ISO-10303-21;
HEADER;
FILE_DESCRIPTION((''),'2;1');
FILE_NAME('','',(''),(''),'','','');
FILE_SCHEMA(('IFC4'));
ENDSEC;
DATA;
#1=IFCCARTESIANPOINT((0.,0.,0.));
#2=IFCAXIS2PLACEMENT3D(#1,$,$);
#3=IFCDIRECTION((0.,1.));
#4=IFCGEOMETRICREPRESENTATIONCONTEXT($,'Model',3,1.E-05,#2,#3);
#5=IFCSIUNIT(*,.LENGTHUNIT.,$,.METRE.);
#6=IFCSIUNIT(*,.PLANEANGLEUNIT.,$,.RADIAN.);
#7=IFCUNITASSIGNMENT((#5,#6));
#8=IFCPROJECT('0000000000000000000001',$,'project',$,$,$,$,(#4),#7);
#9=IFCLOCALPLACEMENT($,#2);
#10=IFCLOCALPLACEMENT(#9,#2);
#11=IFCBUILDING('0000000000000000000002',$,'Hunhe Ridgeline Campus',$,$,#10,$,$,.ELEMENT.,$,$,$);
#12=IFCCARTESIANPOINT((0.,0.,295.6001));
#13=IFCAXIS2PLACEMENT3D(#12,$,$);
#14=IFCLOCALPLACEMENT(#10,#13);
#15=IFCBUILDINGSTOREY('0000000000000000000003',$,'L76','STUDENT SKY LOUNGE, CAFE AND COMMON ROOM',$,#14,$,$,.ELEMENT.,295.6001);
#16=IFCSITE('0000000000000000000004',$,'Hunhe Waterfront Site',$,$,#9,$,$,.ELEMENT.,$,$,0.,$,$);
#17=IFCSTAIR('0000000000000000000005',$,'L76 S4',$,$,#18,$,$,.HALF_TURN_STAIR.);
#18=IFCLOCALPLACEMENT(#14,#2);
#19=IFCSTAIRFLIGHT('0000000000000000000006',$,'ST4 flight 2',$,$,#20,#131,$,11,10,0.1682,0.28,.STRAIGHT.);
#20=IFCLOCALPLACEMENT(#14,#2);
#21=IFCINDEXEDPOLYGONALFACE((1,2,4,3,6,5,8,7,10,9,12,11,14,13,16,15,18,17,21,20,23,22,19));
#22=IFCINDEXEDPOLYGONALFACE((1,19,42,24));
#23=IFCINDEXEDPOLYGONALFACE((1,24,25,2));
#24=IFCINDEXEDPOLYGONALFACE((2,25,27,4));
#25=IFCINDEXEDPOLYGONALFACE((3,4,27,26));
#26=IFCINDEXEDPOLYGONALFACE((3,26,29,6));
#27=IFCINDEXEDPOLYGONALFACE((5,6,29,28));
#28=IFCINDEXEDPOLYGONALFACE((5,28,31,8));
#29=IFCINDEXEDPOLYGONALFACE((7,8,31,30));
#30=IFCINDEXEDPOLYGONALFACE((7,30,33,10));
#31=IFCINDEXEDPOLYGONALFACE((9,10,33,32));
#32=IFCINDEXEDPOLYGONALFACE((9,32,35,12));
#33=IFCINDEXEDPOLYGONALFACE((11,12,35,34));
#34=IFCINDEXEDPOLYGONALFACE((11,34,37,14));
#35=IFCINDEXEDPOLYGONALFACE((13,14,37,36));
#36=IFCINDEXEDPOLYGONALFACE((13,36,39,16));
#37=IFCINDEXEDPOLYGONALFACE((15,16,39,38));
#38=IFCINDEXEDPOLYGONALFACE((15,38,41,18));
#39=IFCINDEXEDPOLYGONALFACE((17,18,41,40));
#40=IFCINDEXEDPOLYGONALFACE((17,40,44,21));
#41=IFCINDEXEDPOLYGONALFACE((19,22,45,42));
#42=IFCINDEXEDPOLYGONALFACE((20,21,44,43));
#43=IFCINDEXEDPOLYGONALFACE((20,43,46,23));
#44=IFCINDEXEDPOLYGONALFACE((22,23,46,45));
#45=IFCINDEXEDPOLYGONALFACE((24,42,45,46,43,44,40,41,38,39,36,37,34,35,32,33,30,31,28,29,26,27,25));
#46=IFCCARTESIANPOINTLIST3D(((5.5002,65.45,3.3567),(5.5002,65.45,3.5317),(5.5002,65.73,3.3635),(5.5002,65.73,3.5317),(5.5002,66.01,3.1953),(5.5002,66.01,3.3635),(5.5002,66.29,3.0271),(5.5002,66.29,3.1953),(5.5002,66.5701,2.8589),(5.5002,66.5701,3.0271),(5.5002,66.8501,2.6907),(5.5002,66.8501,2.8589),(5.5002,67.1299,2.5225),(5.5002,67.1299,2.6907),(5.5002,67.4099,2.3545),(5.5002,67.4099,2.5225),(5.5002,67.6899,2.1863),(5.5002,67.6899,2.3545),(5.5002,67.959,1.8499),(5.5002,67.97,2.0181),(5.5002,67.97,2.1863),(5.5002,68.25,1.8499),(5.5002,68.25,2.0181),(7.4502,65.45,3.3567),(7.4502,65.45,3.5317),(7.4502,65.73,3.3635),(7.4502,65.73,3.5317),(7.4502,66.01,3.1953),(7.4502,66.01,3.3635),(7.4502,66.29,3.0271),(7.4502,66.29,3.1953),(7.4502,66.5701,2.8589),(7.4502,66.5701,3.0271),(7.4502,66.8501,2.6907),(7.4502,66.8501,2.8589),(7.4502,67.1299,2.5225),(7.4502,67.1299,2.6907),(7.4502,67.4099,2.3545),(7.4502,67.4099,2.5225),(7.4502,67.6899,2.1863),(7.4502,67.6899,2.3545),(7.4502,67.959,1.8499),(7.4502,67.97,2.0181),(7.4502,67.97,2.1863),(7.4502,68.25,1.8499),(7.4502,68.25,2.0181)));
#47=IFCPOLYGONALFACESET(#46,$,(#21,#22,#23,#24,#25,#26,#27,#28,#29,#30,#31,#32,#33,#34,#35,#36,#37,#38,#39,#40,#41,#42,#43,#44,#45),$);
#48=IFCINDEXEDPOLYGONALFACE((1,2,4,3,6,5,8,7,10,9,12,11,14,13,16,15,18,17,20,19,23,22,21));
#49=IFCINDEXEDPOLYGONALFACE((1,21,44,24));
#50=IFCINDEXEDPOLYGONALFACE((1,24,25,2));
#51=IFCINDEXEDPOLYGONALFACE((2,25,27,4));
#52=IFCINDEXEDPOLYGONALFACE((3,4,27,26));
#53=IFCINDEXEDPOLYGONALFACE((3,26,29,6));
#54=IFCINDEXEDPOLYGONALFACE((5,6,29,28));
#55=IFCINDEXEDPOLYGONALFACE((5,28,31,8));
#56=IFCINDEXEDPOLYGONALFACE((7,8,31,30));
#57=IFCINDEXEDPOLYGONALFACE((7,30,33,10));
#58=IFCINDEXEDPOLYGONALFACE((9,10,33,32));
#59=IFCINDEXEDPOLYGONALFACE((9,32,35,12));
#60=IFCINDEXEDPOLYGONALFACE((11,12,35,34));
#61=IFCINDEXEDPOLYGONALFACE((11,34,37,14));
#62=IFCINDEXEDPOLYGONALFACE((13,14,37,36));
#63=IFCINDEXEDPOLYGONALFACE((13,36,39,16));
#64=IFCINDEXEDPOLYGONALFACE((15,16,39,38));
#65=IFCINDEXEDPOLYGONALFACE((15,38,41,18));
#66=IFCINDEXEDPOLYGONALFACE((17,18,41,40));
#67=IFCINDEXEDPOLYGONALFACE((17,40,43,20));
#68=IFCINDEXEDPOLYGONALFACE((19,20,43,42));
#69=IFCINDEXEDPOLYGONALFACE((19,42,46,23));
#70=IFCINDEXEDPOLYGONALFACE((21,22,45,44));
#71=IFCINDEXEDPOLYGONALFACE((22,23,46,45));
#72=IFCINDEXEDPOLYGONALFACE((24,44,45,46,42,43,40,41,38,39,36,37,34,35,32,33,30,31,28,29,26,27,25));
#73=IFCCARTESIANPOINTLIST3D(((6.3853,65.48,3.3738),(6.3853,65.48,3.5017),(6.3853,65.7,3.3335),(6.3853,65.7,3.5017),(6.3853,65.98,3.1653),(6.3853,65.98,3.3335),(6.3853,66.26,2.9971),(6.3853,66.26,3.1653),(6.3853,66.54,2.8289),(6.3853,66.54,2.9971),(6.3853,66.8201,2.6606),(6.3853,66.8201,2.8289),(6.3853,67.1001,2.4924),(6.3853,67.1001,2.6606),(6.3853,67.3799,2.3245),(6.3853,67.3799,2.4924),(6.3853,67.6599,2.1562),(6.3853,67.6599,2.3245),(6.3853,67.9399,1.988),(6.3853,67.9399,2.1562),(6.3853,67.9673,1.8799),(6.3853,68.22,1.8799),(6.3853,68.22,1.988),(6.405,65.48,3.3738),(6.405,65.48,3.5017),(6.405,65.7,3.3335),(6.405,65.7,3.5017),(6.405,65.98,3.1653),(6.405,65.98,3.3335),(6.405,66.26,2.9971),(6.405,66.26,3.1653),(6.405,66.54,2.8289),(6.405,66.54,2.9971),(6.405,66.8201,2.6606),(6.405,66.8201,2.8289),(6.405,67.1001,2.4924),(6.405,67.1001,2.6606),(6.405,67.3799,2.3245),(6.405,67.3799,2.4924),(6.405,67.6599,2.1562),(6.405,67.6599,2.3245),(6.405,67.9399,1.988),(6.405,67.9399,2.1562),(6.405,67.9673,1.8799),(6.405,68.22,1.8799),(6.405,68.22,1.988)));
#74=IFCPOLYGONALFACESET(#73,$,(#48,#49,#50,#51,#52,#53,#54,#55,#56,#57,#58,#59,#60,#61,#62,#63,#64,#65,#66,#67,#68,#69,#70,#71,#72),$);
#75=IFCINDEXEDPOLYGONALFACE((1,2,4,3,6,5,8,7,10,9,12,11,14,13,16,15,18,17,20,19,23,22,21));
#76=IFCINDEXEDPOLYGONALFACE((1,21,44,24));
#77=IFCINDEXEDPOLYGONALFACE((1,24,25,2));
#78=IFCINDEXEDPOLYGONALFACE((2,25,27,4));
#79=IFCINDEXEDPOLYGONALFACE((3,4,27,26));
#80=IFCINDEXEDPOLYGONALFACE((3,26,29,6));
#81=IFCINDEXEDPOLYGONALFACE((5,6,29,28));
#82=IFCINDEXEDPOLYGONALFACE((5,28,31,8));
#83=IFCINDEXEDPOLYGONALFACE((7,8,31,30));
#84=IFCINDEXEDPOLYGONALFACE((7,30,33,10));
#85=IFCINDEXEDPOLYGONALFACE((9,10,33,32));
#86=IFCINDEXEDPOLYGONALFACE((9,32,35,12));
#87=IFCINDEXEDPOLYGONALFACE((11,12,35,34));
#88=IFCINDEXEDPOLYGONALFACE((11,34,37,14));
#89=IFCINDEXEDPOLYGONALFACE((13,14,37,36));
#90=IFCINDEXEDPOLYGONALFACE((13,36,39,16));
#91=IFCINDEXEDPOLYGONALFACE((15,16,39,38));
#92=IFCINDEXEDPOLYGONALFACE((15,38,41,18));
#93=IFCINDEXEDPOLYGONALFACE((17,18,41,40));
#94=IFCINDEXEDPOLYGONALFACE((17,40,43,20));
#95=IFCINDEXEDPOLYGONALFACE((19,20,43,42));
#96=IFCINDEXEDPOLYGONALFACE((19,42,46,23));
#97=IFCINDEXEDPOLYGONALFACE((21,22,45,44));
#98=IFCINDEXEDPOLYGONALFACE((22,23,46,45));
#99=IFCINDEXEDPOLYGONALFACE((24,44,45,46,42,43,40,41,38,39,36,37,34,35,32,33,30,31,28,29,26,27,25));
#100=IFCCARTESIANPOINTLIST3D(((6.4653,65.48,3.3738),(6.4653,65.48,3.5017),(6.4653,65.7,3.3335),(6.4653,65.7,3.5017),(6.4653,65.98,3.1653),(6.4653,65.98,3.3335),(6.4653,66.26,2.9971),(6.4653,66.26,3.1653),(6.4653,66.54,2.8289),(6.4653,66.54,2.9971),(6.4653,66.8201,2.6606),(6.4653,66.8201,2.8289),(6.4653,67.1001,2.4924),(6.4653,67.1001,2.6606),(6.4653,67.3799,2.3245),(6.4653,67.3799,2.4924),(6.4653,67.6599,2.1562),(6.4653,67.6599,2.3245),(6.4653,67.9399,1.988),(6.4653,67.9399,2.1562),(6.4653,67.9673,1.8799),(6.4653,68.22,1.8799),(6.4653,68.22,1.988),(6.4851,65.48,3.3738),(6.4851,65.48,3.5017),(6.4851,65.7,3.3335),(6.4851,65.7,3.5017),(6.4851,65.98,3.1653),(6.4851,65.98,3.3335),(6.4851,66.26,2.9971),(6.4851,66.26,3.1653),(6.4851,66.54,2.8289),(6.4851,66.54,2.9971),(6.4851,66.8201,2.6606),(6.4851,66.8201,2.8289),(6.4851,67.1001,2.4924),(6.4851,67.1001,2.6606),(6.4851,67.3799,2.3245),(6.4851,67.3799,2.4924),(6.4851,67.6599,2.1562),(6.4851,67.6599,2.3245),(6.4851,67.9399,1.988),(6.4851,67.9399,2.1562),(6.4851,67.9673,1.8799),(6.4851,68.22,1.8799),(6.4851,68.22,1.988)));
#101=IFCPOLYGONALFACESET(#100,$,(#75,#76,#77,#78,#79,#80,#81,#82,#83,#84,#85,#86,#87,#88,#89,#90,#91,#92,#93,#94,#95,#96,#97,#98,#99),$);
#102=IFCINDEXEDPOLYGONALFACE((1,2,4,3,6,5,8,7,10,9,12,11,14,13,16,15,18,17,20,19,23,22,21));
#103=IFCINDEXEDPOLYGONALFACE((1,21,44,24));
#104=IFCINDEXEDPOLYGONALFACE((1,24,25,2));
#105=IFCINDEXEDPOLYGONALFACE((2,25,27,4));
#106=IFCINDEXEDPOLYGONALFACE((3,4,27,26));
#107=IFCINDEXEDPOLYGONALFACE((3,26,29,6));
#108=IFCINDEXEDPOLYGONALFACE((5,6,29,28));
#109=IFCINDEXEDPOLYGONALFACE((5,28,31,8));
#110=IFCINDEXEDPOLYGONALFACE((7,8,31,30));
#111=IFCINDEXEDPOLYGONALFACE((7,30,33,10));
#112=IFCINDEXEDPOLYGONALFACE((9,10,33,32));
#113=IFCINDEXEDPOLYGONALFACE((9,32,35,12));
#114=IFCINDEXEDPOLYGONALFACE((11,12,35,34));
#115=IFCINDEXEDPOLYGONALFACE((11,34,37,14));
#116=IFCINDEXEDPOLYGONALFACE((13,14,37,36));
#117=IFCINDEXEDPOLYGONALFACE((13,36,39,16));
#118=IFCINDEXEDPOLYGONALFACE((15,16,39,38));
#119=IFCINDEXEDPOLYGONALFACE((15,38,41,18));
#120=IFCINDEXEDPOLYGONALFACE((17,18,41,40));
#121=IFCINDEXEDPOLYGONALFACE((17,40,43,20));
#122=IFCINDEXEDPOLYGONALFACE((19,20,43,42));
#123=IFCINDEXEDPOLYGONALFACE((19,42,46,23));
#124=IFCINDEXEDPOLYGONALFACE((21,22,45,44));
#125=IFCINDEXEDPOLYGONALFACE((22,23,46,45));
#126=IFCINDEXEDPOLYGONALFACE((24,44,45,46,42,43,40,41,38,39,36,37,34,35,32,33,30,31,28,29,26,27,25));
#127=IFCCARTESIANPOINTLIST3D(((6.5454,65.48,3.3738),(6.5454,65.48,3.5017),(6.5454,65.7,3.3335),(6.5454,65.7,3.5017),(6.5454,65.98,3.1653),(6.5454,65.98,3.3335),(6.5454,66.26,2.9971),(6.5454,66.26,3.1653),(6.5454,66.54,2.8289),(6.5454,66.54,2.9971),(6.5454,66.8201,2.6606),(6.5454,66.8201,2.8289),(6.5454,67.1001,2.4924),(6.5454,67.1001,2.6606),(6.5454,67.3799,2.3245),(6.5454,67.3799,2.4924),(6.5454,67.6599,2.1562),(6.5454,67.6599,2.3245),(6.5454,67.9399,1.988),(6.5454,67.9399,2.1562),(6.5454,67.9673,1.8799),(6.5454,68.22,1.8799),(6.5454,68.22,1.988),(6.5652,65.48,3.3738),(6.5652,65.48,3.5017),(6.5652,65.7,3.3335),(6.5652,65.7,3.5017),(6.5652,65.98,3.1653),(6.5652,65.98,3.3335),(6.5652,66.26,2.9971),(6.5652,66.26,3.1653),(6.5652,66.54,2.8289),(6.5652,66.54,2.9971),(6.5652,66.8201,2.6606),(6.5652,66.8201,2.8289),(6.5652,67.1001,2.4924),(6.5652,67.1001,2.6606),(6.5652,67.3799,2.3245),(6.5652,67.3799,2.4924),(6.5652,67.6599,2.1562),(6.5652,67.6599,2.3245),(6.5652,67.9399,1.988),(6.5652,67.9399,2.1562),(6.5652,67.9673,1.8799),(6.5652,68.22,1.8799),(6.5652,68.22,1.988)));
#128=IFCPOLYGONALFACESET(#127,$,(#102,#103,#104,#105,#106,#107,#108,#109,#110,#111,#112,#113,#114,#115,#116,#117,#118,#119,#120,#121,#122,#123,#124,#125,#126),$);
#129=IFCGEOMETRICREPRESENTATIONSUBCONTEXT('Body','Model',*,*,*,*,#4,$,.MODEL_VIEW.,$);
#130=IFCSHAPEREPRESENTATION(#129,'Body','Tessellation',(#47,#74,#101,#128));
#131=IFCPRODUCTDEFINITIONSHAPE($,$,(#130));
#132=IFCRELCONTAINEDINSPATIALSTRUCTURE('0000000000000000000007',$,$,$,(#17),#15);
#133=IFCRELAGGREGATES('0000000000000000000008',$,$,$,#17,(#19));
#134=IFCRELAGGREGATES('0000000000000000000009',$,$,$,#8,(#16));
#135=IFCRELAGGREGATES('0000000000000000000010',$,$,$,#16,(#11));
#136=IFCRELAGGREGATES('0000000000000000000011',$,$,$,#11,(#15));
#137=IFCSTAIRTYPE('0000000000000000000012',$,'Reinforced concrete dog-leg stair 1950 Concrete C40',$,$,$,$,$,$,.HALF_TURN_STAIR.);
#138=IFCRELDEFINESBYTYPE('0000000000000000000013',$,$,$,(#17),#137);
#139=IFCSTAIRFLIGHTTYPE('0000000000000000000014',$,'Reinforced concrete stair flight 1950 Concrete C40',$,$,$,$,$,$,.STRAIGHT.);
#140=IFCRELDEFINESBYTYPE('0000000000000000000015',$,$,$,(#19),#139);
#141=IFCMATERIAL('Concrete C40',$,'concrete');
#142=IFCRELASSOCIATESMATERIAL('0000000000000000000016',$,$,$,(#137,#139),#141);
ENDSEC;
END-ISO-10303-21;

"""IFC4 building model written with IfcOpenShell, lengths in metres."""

from ifc_helpers import new_model, si_unit, direction, frame, origin, place, context, subcontext, project, spatial, polyline, outline, extrude, material, type_object, element, aggregate, save


model = new_model("IFC4")

# Units and contexts
model_context = context("Model", 3, precision=1e-05, world=origin(), true_north=direction((0.0, 1.0)))
body_context = subcontext(model_context, "Body", "Model", "MODEL_VIEW")
ifc_project = project(units=[si_unit("LENGTHUNIT", "METRE"), si_unit("PLANEANGLEUNIT", "RADIAN")], contexts=[model_context])

# Site, building, storey
site_placement = place(None, origin())
site = spatial("IfcSite", under=ifc_project, at=site_placement, Name="Hunhe Waterfront Site", CompositionType="ELEMENT", RefElevation=0.0)
building_placement = place(site_placement, origin())
building = spatial("IfcBuilding", under=site, at=building_placement, Name="Hunhe Ridgeline Campus", CompositionType="ELEMENT")
storey_placement = place(building_placement, frame((0.0, 0.0, 295.6001)))
storey = spatial("IfcBuildingStorey", under=building, at=storey_placement, Name="L76", Description="STUDENT SKY LOUNGE, CAFE AND COMMON ROOM", CompositionType="ELEMENT", Elevation=295.6001)

# Stair, stair flight
ifc_material_1 = material(Name="Concrete C40", Category="concrete")
stair_type = type_object("IfcStairType", Name="Reinforced concrete dog-leg stair 1950 Concrete C40", PredefinedType="HALF_TURN_STAIR", material=ifc_material_1)
stair_flight_type = type_object("IfcStairFlightType", Name="Reinforced concrete stair flight 1950 Concrete C40", PredefinedType="STRAIGHT", material=ifc_material_1)
stair_1_placement = place(storey_placement, origin())
stair_1 = element("IfcStair", 1, at=stair_1_placement, inside=storey, type_object=stair_type, Name="L76 S4", PredefinedType="HALF_TURN_STAIR")
stair_flight_1_placement = place(storey_placement, frame((6.4751, 68.25, 1.8499), z_axis=(0.0, 0.0, 1.0), x_axis=(0.0, -1.0, 0.0)))
stair_flight_1 = element("IfcStairFlight", 2, at=stair_flight_1_placement, type_object=stair_flight_type, Name="ST4 flight 2", NumberOfRisers=11, NumberOfTreads=10, PredefinedType="STRAIGHT", RiserHeight=0.1682, TreadLength=0.28, context=body_context, shape_type="SweptSolid", body=[
    extrude(outline(polyline([(0.0, 0.0), (0.0, 0.1682), (0.28, 0.1682), (0.28, 0.3364), (0.5601, 0.3364), (0.5601, 0.5046), (0.8401, 0.5046), (0.8401, 0.6726), (1.1201, 0.6726), (1.1201, 0.8408), (1.3999, 0.8408), (1.3999, 1.009), (1.6799, 1.009), (1.6799, 1.1772), (1.96, 1.1772), (1.96, 1.3455), (2.24, 1.3455), (2.24, 1.5137), (2.52, 1.5137), (2.52, 1.6819), (2.8, 1.6819), (2.8, 1.8501), (2.8, 1.5068), (0.291, 0.0), (0.0, 0.0)])), frame((0.0, 0.9751, 0.0), z_axis=(0.0, -1.0, 0.0), x_axis=(1.0, 0.0, 0.0)), (0.0, 0.0, 1.0), 1.95),
    extrude(outline(polyline([(0.03, 0.03), (0.03, 0.1382), (0.3101, 0.1382), (0.3101, 0.3064), (0.5901, 0.3064), (0.5901, 0.4746), (0.8701, 0.4746), (0.8701, 0.6426), (1.1499, 0.6426), (1.1499, 0.8108), (1.4299, 0.8108), (1.4299, 0.979), (1.71, 0.979), (1.71, 1.1472), (1.99, 1.1472), (1.99, 1.3154), (2.27, 1.3154), (2.27, 1.4836), (2.55, 1.4836), (2.55, 1.6519), (2.77, 1.6519), (2.77, 1.5239), (0.2827, 0.03), (0.03, 0.03)])), frame((0.0, -0.0701, 0.0), z_axis=(0.0, -1.0, 0.0), x_axis=(1.0, 0.0, 0.0)), (0.0, 0.0, 1.0), 0.0198),
    extrude(outline(polyline([(0.03, 0.03), (0.03, 0.1382), (0.3101, 0.1382), (0.3101, 0.3064), (0.5901, 0.3064), (0.5901, 0.4746), (0.8701, 0.4746), (0.8701, 0.6426), (1.1499, 0.6426), (1.1499, 0.8108), (1.4299, 0.8108), (1.4299, 0.979), (1.71, 0.979), (1.71, 1.1472), (1.99, 1.1472), (1.99, 1.3154), (2.27, 1.3154), (2.27, 1.4836), (2.55, 1.4836), (2.55, 1.6519), (2.77, 1.6519), (2.77, 1.5239), (0.2827, 0.03), (0.03, 0.03)])), frame((0.0, 0.01, 0.0), z_axis=(0.0, -1.0, 0.0), x_axis=(1.0, 0.0, 0.0)), (0.0, 0.0, 1.0), 0.0198),
    extrude(outline(polyline([(0.03, 0.03), (0.03, 0.1382), (0.3101, 0.1382), (0.3101, 0.3064), (0.5901, 0.3064), (0.5901, 0.4746), (0.8701, 0.4746), (0.8701, 0.6426), (1.1499, 0.6426), (1.1499, 0.8108), (1.4299, 0.8108), (1.4299, 0.979), (1.71, 0.979), (1.71, 1.1472), (1.99, 1.1472), (1.99, 1.3154), (2.27, 1.3154), (2.27, 1.4836), (2.55, 1.4836), (2.55, 1.6519), (2.77, 1.6519), (2.77, 1.5239), (0.2827, 0.03), (0.03, 0.03)])), frame((0.0, 0.0901, 0.0), z_axis=(0.0, -1.0, 0.0), x_axis=(1.0, 0.0, 0.0)), (0.0, 0.0, 1.0), 0.0198),
])
aggregate(stair_1, [stair_flight_1])

save(model, "model.ifc")
